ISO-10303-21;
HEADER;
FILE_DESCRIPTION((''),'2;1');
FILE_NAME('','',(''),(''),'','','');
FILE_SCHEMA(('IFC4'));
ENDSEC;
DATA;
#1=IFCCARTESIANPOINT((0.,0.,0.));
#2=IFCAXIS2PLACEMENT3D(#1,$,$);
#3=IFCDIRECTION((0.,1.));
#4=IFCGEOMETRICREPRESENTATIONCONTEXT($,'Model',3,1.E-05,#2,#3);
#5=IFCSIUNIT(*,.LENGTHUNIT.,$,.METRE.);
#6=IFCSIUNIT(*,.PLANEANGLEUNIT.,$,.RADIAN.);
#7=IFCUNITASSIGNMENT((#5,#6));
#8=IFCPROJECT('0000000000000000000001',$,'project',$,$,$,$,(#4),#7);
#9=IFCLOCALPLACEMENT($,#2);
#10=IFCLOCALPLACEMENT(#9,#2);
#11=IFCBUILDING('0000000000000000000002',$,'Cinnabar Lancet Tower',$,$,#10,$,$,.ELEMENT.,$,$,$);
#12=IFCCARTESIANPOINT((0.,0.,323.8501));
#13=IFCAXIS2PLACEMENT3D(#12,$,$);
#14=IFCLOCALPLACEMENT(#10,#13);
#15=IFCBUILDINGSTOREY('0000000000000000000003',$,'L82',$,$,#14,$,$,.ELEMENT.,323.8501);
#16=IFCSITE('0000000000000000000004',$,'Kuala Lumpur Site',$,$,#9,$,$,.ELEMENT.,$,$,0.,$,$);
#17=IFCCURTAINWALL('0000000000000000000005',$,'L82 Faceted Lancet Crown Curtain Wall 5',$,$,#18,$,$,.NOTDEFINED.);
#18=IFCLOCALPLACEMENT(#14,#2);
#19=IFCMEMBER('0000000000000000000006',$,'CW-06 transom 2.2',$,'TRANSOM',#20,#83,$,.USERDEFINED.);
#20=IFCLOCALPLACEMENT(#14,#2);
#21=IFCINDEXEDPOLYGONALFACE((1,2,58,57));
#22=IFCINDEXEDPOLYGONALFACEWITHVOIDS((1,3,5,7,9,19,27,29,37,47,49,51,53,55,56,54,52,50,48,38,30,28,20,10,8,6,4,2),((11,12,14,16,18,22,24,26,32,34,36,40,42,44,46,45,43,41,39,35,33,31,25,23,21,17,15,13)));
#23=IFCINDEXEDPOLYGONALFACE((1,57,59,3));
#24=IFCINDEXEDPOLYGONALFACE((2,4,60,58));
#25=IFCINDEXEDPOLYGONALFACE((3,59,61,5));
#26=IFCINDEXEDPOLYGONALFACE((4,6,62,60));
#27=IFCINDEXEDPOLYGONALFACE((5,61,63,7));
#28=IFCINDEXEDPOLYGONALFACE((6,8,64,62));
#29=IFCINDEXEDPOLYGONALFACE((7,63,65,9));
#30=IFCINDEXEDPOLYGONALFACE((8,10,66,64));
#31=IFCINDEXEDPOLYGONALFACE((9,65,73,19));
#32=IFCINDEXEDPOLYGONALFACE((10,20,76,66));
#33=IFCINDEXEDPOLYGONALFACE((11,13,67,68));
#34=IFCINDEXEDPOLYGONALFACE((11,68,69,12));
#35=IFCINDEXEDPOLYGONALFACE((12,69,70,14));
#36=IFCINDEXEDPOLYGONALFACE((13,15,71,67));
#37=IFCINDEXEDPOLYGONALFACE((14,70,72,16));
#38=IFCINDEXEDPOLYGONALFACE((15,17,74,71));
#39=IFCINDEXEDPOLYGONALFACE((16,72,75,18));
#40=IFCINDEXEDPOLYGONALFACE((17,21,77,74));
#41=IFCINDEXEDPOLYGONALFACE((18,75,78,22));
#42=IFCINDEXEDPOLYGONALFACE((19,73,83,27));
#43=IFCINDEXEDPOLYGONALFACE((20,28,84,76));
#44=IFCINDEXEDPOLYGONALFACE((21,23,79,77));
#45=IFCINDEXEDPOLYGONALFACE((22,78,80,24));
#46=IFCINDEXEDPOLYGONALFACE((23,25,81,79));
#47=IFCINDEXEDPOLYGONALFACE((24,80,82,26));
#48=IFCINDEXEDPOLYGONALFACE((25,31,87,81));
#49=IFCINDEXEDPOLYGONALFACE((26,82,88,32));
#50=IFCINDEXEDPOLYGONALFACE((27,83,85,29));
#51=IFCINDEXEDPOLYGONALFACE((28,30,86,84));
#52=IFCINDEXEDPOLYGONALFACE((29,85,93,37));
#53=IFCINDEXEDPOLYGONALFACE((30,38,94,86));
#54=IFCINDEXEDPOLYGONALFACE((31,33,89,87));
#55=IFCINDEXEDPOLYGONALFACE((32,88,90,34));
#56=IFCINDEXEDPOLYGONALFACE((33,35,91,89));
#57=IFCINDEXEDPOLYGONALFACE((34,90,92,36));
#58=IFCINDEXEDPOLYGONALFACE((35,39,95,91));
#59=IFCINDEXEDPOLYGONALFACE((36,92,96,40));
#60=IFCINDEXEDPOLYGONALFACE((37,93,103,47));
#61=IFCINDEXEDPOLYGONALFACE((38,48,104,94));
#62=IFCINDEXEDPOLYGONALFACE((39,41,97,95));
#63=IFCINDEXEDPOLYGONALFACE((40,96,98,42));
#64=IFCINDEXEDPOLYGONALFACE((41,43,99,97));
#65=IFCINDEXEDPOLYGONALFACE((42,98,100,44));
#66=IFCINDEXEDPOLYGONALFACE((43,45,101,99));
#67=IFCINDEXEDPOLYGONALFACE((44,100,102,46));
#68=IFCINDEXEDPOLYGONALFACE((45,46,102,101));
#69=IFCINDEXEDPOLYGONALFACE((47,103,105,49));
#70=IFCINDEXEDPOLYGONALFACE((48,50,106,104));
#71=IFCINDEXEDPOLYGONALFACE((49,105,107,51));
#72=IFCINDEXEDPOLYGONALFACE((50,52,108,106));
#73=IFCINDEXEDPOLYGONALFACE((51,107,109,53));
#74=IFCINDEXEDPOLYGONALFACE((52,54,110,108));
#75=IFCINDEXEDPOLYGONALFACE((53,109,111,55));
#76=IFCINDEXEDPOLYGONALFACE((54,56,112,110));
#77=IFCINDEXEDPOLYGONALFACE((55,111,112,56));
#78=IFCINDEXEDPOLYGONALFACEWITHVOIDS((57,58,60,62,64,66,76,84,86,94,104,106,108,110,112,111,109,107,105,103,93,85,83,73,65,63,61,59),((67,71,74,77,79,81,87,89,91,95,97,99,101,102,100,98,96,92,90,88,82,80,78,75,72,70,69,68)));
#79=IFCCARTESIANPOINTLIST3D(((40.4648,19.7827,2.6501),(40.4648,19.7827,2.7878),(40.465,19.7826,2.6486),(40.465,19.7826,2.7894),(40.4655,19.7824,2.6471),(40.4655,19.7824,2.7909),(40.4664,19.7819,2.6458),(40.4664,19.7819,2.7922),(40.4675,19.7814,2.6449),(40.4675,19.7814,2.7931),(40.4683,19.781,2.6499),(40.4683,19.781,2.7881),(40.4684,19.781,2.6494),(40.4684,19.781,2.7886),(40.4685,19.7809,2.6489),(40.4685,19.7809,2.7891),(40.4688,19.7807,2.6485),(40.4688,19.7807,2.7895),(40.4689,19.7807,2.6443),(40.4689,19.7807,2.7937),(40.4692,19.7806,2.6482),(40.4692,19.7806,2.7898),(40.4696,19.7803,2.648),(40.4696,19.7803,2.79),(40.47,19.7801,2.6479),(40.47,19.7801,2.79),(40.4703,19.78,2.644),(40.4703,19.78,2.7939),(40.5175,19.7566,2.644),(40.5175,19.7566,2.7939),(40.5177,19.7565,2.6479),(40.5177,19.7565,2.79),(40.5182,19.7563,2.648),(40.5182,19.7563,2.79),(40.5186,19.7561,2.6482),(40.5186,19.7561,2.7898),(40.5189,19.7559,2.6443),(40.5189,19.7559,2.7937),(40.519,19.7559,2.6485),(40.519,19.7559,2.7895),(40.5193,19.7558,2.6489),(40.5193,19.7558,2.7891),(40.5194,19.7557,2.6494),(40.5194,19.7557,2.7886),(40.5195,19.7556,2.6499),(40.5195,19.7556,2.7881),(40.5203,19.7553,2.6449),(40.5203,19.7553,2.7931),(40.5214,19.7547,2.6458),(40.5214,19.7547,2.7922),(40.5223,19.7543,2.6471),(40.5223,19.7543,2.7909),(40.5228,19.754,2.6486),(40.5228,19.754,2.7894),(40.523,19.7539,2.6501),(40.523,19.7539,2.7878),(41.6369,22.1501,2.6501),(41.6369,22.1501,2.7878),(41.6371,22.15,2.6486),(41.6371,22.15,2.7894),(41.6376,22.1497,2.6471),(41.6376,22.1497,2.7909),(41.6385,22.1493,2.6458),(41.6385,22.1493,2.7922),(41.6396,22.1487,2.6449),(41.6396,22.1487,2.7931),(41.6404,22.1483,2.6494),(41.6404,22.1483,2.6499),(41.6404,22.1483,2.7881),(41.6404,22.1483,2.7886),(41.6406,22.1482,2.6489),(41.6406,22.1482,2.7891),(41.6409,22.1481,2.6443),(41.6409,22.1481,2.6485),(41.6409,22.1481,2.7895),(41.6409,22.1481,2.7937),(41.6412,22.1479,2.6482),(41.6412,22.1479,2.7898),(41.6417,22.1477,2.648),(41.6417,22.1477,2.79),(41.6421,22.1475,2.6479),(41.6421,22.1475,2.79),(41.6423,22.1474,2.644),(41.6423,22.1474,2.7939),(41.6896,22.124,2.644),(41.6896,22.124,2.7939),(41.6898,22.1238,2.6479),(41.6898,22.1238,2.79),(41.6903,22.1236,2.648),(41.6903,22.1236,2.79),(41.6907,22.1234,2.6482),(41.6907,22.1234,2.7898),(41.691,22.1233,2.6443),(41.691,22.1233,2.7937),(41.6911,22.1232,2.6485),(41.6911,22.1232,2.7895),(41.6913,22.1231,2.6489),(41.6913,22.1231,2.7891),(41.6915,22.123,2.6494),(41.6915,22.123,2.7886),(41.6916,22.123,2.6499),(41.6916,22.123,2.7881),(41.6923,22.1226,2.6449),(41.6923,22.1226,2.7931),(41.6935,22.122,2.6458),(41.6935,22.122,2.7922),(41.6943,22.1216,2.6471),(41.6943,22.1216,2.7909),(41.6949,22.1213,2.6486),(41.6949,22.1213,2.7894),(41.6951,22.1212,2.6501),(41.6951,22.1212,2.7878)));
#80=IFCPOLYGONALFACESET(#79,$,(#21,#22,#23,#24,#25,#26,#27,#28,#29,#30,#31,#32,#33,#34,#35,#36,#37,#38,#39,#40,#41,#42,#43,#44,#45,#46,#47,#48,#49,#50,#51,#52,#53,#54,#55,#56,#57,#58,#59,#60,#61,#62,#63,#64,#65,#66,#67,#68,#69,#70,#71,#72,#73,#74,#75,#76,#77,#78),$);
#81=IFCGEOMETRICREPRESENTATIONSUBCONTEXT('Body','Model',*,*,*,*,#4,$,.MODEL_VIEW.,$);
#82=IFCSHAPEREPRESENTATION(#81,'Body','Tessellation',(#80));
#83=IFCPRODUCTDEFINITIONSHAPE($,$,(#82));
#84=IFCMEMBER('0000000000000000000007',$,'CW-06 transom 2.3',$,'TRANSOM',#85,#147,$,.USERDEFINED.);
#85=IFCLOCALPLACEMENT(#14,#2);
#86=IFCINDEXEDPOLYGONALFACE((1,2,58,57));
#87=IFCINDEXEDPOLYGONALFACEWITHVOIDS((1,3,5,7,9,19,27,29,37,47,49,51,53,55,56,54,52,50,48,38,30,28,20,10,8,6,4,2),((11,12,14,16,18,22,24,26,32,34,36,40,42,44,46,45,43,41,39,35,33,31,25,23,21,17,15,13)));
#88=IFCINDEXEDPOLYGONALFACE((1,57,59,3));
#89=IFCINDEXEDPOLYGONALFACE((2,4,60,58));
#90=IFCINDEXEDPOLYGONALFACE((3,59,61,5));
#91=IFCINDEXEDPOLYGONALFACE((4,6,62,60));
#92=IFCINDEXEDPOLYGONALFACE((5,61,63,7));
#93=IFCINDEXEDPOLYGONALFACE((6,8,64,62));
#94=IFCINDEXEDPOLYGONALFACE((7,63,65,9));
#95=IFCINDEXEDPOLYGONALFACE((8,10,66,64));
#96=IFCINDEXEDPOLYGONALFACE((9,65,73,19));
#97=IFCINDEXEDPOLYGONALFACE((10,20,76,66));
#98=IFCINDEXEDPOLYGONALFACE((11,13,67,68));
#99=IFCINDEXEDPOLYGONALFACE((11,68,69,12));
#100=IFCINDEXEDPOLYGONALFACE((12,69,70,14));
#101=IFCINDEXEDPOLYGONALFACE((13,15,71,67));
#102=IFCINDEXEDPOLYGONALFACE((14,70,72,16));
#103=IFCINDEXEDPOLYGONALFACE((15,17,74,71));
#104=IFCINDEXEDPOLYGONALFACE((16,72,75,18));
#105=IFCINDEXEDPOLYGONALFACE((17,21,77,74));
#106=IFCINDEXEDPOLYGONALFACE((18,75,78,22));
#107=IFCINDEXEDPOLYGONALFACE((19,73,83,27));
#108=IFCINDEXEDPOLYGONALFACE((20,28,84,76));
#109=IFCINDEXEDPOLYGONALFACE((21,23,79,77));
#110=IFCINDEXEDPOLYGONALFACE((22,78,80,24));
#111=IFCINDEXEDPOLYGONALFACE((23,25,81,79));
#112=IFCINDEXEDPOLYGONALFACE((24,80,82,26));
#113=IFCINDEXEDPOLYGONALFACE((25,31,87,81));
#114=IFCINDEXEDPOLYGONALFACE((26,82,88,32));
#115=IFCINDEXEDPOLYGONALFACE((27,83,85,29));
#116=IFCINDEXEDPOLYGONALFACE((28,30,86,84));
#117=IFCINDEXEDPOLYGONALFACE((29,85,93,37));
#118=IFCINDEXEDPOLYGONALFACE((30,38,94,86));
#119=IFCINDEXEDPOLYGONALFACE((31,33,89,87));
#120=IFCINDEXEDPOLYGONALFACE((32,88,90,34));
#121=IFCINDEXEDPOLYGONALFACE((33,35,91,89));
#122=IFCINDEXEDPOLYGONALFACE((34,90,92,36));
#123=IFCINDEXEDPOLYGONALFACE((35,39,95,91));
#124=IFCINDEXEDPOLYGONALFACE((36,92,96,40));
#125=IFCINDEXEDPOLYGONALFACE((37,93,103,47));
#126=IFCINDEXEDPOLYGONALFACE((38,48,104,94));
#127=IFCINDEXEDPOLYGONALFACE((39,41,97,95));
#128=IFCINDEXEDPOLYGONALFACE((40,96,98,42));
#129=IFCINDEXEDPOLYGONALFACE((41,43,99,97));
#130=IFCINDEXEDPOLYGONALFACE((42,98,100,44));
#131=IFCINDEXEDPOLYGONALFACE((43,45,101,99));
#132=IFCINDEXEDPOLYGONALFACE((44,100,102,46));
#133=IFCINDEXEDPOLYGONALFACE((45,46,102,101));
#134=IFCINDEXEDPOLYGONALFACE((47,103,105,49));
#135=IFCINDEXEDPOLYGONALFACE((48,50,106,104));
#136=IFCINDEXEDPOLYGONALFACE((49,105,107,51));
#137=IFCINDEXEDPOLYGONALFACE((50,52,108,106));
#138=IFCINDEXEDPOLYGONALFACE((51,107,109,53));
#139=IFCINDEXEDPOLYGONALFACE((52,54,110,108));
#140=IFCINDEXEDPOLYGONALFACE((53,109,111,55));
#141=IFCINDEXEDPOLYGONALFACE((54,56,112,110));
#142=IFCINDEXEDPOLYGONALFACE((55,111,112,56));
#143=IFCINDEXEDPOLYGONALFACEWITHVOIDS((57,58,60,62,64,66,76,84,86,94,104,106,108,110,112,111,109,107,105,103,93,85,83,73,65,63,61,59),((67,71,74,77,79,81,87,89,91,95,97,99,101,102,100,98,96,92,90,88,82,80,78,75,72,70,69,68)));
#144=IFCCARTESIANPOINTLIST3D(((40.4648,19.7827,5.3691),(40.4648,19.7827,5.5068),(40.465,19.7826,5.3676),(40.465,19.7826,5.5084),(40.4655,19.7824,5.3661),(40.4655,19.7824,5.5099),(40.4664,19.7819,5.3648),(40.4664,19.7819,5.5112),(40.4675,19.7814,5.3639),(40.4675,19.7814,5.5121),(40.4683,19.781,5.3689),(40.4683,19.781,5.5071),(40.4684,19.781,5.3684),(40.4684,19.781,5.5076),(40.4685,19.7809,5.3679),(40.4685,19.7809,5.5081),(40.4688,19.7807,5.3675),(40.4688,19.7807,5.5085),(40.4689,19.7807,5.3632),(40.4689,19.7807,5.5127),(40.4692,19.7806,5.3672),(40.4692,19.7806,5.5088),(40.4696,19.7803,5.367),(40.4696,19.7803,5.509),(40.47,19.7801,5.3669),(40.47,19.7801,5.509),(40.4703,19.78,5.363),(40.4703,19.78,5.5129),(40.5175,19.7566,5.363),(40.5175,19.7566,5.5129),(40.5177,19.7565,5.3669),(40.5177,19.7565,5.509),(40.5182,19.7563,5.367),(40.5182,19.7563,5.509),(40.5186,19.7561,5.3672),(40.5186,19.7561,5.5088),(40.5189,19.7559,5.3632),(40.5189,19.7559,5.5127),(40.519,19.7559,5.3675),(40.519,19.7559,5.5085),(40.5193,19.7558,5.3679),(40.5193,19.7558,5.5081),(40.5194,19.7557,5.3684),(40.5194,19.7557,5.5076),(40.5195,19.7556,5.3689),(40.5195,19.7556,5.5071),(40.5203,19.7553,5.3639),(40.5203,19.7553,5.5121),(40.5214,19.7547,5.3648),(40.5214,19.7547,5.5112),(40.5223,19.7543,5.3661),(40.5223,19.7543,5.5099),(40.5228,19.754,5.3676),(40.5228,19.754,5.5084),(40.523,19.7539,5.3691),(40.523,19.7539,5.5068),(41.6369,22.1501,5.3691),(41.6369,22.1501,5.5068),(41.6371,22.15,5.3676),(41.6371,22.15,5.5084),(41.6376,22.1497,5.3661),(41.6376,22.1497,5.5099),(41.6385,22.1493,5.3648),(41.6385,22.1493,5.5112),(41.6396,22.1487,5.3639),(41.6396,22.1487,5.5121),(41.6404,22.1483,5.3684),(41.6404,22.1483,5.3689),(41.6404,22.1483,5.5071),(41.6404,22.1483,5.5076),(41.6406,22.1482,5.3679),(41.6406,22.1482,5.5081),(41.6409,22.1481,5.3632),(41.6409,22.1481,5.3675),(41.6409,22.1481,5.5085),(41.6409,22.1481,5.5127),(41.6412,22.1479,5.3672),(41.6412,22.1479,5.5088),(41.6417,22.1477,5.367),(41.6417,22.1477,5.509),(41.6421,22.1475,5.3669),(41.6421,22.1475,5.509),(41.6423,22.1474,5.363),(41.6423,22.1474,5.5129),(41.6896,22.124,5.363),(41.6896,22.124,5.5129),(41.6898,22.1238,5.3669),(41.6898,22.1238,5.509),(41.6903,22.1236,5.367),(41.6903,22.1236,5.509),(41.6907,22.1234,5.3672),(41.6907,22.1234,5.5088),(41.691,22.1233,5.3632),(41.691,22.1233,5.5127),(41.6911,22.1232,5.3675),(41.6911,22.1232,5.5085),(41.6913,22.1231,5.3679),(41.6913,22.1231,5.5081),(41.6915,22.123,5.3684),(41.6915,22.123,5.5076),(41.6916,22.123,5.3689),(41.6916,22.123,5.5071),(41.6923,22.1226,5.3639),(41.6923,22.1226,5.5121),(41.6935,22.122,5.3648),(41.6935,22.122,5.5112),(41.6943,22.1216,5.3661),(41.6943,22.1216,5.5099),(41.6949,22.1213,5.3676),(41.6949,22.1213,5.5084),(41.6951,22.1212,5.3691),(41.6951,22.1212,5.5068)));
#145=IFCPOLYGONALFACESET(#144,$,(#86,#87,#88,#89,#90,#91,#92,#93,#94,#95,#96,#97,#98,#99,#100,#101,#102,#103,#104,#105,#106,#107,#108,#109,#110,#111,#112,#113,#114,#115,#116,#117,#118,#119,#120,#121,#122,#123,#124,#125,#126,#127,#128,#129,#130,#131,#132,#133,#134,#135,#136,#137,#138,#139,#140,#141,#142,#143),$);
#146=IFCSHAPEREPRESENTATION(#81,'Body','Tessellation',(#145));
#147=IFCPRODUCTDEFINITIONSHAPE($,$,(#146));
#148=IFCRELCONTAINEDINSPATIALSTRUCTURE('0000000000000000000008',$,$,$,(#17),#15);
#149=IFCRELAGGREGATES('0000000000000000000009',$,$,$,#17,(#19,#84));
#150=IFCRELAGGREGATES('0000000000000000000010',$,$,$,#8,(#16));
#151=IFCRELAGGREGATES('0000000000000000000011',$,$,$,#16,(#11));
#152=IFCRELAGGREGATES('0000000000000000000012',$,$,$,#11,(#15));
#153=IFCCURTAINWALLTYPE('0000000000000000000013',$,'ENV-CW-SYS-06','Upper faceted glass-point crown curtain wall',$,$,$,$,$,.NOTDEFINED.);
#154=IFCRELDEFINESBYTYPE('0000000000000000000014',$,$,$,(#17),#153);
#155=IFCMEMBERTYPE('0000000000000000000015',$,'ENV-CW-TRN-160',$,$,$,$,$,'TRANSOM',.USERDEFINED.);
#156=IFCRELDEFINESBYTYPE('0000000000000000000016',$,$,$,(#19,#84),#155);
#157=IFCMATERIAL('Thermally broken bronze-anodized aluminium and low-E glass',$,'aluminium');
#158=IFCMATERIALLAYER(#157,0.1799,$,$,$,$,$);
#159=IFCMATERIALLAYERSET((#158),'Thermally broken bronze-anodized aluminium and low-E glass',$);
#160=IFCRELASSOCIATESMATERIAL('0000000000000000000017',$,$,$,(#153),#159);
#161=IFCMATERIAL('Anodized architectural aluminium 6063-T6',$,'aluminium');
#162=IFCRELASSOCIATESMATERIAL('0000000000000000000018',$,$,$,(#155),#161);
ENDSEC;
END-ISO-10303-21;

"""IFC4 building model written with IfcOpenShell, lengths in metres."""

from ifc_helpers import new_model, si_unit, direction, frame, origin, origin_2d, place, context, subcontext, project, spatial, hollow_rectangle, extrude, material, layer, layer_set, material_profile, profile_set, type_object, element, aggregate, save


model = new_model("IFC4")

# Units and contexts
model_context = context("Model", 3, precision=1e-05, world=origin(), true_north=direction((0.0, 1.0)))
body_context = subcontext(model_context, "Body", "Model", "MODEL_VIEW")
ifc_project = project(units=[si_unit("LENGTHUNIT", "METRE"), si_unit("PLANEANGLEUNIT", "RADIAN")], contexts=[model_context])

# Site, building, storey
site_placement = place(None, origin())
site = spatial("IfcSite", under=ifc_project, at=site_placement, Name="Kuala Lumpur Site", CompositionType="ELEMENT", RefElevation=0.0)
building_placement = place(site_placement, origin())
building = spatial("IfcBuilding", under=site, at=building_placement, Name="Cinnabar Lancet Tower", CompositionType="ELEMENT")
storey_placement = place(building_placement, frame((0.0, 0.0, 323.8501)))
storey = spatial("IfcBuildingStorey", under=building, at=storey_placement, Name="L82", CompositionType="ELEMENT", Elevation=323.8501)

# Curtain wall, members
ifc_material_1 = material(Name="Thermally broken bronze-anodized aluminium and low-E glass", Category="aluminium")
ifc_layer_1 = layer(ifc_material_1, 0.1799)
ifc_layer_set_1 = layer_set([ifc_layer_1], Name="Thermally broken bronze-anodized aluminium and low-E glass")
curtain_wall_type = type_object("IfcCurtainWallType", Name="ENV-CW-SYS-06", Description="Upper faceted glass-point crown curtain wall", PredefinedType="NOTDEFINED", material=ifc_layer_set_1)
curtain_wall_placement = place(storey_placement, origin())
curtain_wall = element("IfcCurtainWall", 1, at=curtain_wall_placement, inside=storey, type_object=curtain_wall_type, Name="L82 Faceted Lancet Crown Curtain Wall 5", PredefinedType="NOTDEFINED")
ifc_material_2 = material(Name="Anodized architectural aluminium 6063-T6", Category="aluminium")
ifc_material_profile_1 = material_profile(ifc_material_2, hollow_rectangle(XDim=0.0649, YDim=0.1499, WallThickness=0.0039, InnerFilletRadius=0.002, OuterFilletRadius=0.0061, at=origin_2d()), Name="CW-TRN 150x65x4")
ifc_profile_set_1 = profile_set([ifc_material_profile_1], Name="Anodized architectural aluminium 6063-T6")
member_type_1 = type_object("IfcMemberType", Name="ENV-CW-TRN-160", ElementType="TRANSOM", PredefinedType="USERDEFINED", material=ifc_profile_set_1)
member_1_placement = place(storey_placement, frame((40.4939, 19.7683, 2.719), z_axis=(0.443698, 0.896176, 0.0), x_axis=(-0.896176, 0.443698, 0.0)))
member_1 = element("IfcMember", 2, at=member_1_placement, type_object=member_type_1, Name="CW-06 transom 2.2", ObjectType="TRANSOM", PredefinedType="USERDEFINED", context=body_context, shape_type="SweptSolid", body=[
    extrude(hollow_rectangle(XDim=0.0649, YDim=0.1499, WallThickness=0.0039, InnerFilletRadius=0.002, OuterFilletRadius=0.0061, at=origin_2d()), origin(), (0.0, 0.0, 1.0), 2.6416),
])
member_2_placement = place(storey_placement, frame((40.4939, 19.7683, 5.438), z_axis=(0.443698, 0.896176, 0.0), x_axis=(-0.896176, 0.443698, 0.0)))
member_2 = element("IfcMember", 3, at=member_2_placement, type_object=member_type_1, Name="CW-06 transom 2.3", ObjectType="TRANSOM", PredefinedType="USERDEFINED", context=body_context, shape_type="SweptSolid", body=[
    extrude(hollow_rectangle(XDim=0.0649, YDim=0.1499, WallThickness=0.0039, InnerFilletRadius=0.002, OuterFilletRadius=0.0061, at=origin_2d()), origin(), (0.0, 0.0, 1.0), 2.6416),
])

aggregate(curtain_wall, [member_1, member_2])

save(model, "model.ifc")
